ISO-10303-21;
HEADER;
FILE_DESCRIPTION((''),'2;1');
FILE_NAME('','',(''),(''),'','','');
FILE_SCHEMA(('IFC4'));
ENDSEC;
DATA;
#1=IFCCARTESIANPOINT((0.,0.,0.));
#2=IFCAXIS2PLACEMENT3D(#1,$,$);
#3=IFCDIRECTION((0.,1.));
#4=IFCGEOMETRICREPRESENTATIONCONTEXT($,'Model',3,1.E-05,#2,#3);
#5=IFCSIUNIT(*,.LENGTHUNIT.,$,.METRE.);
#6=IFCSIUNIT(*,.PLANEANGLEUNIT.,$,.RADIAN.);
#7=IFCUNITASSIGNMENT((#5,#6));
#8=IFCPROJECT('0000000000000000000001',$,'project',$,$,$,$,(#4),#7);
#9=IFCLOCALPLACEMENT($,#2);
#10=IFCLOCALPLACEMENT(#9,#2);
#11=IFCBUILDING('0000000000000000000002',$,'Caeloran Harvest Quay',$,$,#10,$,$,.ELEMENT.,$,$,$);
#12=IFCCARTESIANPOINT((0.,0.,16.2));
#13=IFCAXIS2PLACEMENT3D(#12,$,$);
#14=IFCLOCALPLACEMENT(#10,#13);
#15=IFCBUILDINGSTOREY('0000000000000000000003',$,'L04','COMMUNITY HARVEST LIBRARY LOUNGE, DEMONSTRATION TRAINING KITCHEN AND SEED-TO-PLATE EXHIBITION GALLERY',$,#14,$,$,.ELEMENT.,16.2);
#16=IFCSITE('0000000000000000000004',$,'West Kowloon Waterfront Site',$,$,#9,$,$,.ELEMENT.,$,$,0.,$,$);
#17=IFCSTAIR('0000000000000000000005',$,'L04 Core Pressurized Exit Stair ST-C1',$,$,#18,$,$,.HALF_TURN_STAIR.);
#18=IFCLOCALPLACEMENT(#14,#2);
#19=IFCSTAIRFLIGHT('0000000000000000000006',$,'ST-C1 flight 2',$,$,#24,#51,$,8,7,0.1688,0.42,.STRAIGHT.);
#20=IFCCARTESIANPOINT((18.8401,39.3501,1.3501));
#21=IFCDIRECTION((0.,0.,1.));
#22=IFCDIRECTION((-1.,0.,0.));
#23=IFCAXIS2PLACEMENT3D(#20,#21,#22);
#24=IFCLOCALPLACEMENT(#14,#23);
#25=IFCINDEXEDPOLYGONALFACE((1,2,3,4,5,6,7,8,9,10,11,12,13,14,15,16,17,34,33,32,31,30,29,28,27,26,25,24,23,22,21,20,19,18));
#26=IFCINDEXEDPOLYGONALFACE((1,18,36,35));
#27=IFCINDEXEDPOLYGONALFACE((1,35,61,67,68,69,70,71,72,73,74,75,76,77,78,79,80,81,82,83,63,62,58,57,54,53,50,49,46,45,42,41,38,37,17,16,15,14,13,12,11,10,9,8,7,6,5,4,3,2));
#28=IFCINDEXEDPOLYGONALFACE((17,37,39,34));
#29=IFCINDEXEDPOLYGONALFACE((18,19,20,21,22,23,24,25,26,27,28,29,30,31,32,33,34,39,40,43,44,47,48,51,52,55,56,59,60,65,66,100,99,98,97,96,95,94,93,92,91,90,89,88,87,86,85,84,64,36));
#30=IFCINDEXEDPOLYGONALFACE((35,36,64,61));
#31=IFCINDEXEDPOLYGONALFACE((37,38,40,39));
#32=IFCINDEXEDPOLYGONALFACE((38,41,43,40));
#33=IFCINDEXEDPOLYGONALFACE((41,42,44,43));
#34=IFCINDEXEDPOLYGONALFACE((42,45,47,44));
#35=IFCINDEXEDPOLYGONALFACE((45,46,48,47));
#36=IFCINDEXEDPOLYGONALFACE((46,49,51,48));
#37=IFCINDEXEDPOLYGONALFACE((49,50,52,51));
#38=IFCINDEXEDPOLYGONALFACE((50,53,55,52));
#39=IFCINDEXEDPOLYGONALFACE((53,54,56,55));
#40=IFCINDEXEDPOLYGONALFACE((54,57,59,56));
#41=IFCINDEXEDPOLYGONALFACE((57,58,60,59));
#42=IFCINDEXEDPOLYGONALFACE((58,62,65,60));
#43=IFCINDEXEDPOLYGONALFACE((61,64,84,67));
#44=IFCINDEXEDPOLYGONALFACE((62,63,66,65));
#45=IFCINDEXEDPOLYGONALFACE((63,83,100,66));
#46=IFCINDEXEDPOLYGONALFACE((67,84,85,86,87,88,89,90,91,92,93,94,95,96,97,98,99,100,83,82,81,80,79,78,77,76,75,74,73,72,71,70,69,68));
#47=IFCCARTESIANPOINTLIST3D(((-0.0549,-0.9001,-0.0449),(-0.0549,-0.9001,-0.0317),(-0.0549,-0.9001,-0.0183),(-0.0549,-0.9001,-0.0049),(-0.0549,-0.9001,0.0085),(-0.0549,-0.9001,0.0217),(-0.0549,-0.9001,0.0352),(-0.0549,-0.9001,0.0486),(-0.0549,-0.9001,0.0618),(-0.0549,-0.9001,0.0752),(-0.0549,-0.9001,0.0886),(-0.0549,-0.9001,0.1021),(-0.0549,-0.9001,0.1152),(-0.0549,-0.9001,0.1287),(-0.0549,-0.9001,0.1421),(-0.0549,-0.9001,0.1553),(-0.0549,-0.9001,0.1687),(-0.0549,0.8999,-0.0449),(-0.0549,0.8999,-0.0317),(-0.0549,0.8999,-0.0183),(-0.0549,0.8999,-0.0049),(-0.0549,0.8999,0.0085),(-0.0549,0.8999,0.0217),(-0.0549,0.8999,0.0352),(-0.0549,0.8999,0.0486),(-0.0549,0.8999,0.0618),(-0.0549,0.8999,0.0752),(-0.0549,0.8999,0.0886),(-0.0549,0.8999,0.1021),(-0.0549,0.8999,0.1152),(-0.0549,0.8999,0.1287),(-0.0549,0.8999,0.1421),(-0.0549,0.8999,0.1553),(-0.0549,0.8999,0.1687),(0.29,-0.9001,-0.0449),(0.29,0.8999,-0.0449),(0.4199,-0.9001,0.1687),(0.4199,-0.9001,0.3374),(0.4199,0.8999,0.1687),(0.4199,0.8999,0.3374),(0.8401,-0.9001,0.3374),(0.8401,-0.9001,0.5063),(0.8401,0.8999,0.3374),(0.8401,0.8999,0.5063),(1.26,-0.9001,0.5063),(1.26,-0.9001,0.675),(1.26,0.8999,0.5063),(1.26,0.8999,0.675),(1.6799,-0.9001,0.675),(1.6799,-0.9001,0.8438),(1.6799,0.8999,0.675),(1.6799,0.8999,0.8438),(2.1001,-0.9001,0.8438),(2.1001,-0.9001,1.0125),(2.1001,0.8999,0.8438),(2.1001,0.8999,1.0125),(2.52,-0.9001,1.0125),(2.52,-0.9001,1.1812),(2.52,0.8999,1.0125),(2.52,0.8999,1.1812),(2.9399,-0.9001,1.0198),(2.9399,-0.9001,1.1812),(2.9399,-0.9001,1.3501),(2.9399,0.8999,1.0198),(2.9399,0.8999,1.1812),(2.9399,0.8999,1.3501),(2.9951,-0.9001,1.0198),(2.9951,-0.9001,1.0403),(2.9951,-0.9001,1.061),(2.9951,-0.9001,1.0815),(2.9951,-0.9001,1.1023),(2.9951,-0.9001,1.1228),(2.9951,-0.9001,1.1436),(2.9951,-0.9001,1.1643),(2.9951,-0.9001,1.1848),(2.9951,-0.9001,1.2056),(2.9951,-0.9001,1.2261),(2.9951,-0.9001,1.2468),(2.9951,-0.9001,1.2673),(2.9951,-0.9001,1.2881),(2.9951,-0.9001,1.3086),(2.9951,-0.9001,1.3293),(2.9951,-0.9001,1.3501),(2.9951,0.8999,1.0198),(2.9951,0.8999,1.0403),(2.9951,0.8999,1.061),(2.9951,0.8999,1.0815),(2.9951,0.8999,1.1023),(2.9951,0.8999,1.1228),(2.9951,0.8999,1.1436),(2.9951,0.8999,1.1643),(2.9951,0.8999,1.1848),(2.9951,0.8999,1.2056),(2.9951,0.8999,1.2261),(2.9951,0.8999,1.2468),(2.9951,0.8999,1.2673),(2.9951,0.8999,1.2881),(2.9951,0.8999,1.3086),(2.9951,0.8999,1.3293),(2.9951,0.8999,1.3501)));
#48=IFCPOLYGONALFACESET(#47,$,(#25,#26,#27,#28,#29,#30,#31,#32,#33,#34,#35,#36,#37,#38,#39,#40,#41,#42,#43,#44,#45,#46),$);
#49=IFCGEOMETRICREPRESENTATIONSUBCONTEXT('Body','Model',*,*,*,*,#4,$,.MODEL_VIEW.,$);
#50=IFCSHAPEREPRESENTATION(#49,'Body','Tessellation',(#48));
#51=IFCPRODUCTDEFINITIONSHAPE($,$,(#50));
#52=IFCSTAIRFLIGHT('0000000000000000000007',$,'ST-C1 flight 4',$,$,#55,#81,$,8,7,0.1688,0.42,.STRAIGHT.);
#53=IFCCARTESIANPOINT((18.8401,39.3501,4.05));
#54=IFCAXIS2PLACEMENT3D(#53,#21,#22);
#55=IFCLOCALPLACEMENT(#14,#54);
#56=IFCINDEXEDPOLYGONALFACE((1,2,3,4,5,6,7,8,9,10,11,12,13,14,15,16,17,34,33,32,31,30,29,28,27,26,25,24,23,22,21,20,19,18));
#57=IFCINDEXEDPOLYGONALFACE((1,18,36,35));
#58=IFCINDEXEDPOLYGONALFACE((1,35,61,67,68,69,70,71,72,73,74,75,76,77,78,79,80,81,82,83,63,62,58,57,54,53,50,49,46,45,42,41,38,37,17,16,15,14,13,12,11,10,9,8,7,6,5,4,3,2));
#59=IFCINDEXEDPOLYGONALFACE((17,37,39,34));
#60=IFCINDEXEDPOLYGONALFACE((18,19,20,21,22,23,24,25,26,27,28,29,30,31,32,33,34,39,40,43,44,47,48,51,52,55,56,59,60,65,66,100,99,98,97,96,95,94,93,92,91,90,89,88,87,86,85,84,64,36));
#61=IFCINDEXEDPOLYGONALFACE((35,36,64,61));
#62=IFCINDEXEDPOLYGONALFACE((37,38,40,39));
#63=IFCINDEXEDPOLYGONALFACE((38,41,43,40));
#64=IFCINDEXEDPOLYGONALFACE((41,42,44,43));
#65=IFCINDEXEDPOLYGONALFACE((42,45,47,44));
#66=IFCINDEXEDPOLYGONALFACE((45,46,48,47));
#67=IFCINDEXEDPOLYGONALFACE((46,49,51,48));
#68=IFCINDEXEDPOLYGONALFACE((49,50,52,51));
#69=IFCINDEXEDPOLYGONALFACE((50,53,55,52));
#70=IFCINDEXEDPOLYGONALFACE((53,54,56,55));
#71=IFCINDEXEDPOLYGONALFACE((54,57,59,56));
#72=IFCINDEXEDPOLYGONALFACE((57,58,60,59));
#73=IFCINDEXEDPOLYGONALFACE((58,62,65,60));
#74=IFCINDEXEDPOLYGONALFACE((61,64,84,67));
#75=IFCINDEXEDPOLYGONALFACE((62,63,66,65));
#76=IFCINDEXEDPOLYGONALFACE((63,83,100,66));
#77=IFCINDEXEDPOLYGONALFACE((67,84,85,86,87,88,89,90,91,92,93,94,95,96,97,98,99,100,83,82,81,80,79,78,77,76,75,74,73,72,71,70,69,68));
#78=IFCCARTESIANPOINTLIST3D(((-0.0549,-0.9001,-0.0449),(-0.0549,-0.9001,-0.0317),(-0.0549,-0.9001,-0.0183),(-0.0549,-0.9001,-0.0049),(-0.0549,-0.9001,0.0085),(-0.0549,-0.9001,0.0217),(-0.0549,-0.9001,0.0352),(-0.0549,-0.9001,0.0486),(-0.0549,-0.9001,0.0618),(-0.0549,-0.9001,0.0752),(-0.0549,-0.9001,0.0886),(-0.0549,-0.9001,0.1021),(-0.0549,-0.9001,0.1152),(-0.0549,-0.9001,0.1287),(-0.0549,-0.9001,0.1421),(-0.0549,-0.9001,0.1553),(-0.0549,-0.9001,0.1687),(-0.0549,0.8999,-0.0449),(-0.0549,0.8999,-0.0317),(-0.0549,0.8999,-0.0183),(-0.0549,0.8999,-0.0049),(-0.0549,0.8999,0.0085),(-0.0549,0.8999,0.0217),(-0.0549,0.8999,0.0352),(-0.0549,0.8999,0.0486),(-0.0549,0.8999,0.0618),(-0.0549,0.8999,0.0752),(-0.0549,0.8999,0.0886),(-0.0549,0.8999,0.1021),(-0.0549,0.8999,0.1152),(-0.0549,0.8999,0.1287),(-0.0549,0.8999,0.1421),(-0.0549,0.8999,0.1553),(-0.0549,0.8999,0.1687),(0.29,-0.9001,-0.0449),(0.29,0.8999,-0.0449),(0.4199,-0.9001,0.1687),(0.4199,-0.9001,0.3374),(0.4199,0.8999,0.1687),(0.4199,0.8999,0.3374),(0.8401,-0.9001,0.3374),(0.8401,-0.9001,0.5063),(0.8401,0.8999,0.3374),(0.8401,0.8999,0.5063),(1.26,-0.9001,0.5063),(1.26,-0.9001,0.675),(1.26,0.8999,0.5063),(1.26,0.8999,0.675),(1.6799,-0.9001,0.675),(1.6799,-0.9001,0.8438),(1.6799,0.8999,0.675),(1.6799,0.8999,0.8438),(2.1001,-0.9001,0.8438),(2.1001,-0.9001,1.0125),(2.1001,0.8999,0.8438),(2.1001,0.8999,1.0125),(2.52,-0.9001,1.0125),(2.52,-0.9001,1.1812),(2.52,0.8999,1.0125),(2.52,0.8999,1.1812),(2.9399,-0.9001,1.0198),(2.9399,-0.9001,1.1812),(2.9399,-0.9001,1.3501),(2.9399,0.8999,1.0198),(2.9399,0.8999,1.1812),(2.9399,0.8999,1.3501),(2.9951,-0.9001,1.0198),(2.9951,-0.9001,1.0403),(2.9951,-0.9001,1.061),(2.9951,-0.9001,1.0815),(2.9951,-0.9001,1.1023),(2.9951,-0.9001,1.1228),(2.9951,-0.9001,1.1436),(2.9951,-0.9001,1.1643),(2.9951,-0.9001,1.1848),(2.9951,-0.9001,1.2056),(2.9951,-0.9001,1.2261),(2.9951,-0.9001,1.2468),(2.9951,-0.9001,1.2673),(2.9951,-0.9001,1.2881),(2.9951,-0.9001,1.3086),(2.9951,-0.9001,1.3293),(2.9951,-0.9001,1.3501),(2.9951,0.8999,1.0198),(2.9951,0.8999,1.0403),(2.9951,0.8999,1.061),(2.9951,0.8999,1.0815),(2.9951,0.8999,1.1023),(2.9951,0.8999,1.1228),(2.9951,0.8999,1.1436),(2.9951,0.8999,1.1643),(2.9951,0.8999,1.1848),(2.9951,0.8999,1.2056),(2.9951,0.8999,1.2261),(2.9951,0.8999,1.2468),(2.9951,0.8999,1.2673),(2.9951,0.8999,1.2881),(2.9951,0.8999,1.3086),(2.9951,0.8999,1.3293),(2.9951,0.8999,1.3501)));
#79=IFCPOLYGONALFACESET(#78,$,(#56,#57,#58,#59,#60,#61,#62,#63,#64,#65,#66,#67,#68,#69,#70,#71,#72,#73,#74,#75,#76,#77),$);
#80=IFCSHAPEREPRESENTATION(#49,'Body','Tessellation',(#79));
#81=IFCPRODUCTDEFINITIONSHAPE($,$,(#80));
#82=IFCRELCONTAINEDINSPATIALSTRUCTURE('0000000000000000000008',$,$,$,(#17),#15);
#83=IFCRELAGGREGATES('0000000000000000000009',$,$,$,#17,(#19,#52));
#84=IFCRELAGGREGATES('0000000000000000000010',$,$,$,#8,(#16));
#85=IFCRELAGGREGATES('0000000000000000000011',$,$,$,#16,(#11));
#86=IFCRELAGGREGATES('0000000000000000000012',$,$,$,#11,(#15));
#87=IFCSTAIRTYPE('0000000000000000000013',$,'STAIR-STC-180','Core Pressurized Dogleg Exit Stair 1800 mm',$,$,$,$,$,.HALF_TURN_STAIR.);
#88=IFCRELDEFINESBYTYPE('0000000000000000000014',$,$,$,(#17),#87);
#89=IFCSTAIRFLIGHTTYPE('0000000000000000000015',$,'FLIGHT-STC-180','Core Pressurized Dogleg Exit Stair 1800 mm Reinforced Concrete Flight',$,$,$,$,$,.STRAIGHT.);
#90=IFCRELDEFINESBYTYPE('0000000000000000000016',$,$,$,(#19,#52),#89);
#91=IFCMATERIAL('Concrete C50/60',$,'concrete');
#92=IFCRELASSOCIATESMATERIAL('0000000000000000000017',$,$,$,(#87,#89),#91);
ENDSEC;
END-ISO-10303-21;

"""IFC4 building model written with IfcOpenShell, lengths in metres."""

from ifc_helpers import new_model, si_unit, direction, frame, origin, place, context, subcontext, project, spatial, polyline, outline, extrude, material, type_object, element, aggregate, save


model = new_model("IFC4")

# Units and contexts
model_context = context("Model", 3, precision=1e-05, world=origin(), true_north=direction((0.0, 1.0)))
body_context = subcontext(model_context, "Body", "Model", "MODEL_VIEW")
ifc_project = project(units=[si_unit("LENGTHUNIT", "METRE"), si_unit("PLANEANGLEUNIT", "RADIAN")], contexts=[model_context])

# Site, building, storey
site_placement = place(None, origin())
site = spatial("IfcSite", under=ifc_project, at=site_placement, Name="West Kowloon Waterfront Site", CompositionType="ELEMENT", RefElevation=0.0)
building_placement = place(site_placement, origin())
building = spatial("IfcBuilding", under=site, at=building_placement, Name="Caeloran Harvest Quay", CompositionType="ELEMENT")
storey_placement = place(building_placement, frame((0.0, 0.0, 16.2)))
storey = spatial("IfcBuildingStorey", under=building, at=storey_placement, Name="L04", Description="COMMUNITY HARVEST LIBRARY LOUNGE, DEMONSTRATION TRAINING KITCHEN AND SEED-TO-PLATE EXHIBITION GALLERY", CompositionType="ELEMENT", Elevation=16.2)

# Shared definitions
ifc_material_1 = material(Name="Concrete C50/60", Category="concrete")

# Stair, stair flights
stair_type = type_object("IfcStairType", Name="STAIR-STC-180", Description="Core Pressurized Dogleg Exit Stair 1800 mm", PredefinedType="HALF_TURN_STAIR", material=ifc_material_1)
stair_placement = place(storey_placement, origin())
stair = element("IfcStair", 1, at=stair_placement, inside=storey, type_object=stair_type, Name="L04 Core Pressurized Exit Stair ST-C1", PredefinedType="HALF_TURN_STAIR")
stair_flight_type = type_object("IfcStairFlightType", Name="FLIGHT-STC-180", Description="Core Pressurized Dogleg Exit Stair 1800 mm Reinforced Concrete Flight", PredefinedType="STRAIGHT", material=ifc_material_1)
stair_flight_1_placement = place(storey_placement, frame((18.8401, 39.3501, 1.3501), z_axis=(0.0, 0.0, 1.0), x_axis=(-1.0, 0.0, 0.0)))
stair_flight_1 = element("IfcStairFlight", 2, at=stair_flight_1_placement, type_object=stair_flight_type, Name="ST-C1 flight 2", NumberOfRisers=8, NumberOfTreads=7, PredefinedType="STRAIGHT", RiserHeight=0.1688, TreadLength=0.42, context=body_context, shape_type="SweptSolid", body=[
    extrude(outline(polyline([(-0.0549, -0.0449), (-0.0549, -0.0317), (-0.0549, -0.0183), (-0.0549, -0.0049), (-0.0549, 0.0085), (-0.0549, 0.0217), (-0.0549, 0.0352), (-0.0549, 0.0486), (-0.0549, 0.0618), (-0.0549, 0.0752), (-0.0549, 0.0886), (-0.0549, 0.1021), (-0.0549, 0.1152), (-0.0549, 0.1287), (-0.0549, 0.1421), (-0.0549, 0.1553), (-0.0549, 0.1687), (0.4199, 0.1687), (0.4199, 0.3374), (0.8401, 0.3374), (0.8401, 0.5063), (1.26, 0.5063), (1.26, 0.675), (1.6799, 0.675), (1.6799, 0.8438), (2.1001, 0.8438), (2.1001, 1.0125), (2.52, 1.0125), (2.52, 1.1812), (2.9399, 1.1812), (2.9399, 1.3501), (2.9951, 1.3501), (2.9951, 1.3293), (2.9951, 1.3086), (2.9951, 1.2881), (2.9951, 1.2673), (2.9951, 1.2468), (2.9951, 1.2261), (2.9951, 1.2056), (2.9951, 1.1848), (2.9951, 1.1643), (2.9951, 1.1436), (2.9951, 1.1228), (2.9951, 1.1023), (2.9951, 1.0815), (2.9951, 1.061), (2.9951, 1.0403), (2.9951, 1.0198), (2.9399, 1.0198), (0.29, -0.0449), (-0.0549, -0.0449)])), frame((0.0, 0.8999, 0.0), z_axis=(0.0, -1.0, 0.0), x_axis=(1.0, 0.0, 0.0)), (0.0, 0.0, 1.0), 1.8),
])
stair_flight_2_placement = place(storey_placement, frame((18.8401, 39.3501, 4.05), z_axis=(0.0, 0.0, 1.0), x_axis=(-1.0, 0.0, 0.0)))
stair_flight_2 = element("IfcStairFlight", 3, at=stair_flight_2_placement, type_object=stair_flight_type, Name="ST-C1 flight 4", NumberOfRisers=8, NumberOfTreads=7, PredefinedType="STRAIGHT", RiserHeight=0.1688, TreadLength=0.42, context=body_context, shape_type="SweptSolid", body=[
    extrude(outline(polyline([(-0.0549, -0.0449), (-0.0549, -0.0317), (-0.0549, -0.0183), (-0.0549, -0.0049), (-0.0549, 0.0085), (-0.0549, 0.0217), (-0.0549, 0.0352), (-0.0549, 0.0486), (-0.0549, 0.0618), (-0.0549, 0.0752), (-0.0549, 0.0886), (-0.0549, 0.1021), (-0.0549, 0.1152), (-0.0549, 0.1287), (-0.0549, 0.1421), (-0.0549, 0.1553), (-0.0549, 0.1687), (0.4199, 0.1687), (0.4199, 0.3374), (0.8401, 0.3374), (0.8401, 0.5063), (1.26, 0.5063), (1.26, 0.675), (1.6799, 0.675), (1.6799, 0.8438), (2.1001, 0.8438), (2.1001, 1.0125), (2.52, 1.0125), (2.52, 1.1812), (2.9399, 1.1812), (2.9399, 1.3501), (2.9951, 1.3501), (2.9951, 1.3293), (2.9951, 1.3086), (2.9951, 1.2881), (2.9951, 1.2673), (2.9951, 1.2468), (2.9951, 1.2261), (2.9951, 1.2056), (2.9951, 1.1848), (2.9951, 1.1643), (2.9951, 1.1436), (2.9951, 1.1228), (2.9951, 1.1023), (2.9951, 1.0815), (2.9951, 1.061), (2.9951, 1.0403), (2.9951, 1.0198), (2.9399, 1.0198), (0.29, -0.0449), (-0.0549, -0.0449)])), frame((0.0, 0.8999, 0.0), z_axis=(0.0, -1.0, 0.0), x_axis=(1.0, 0.0, 0.0)), (0.0, 0.0, 1.0), 1.8),
])
aggregate(stair, [stair_flight_1, stair_flight_2])

save(model, "model.ifc")
